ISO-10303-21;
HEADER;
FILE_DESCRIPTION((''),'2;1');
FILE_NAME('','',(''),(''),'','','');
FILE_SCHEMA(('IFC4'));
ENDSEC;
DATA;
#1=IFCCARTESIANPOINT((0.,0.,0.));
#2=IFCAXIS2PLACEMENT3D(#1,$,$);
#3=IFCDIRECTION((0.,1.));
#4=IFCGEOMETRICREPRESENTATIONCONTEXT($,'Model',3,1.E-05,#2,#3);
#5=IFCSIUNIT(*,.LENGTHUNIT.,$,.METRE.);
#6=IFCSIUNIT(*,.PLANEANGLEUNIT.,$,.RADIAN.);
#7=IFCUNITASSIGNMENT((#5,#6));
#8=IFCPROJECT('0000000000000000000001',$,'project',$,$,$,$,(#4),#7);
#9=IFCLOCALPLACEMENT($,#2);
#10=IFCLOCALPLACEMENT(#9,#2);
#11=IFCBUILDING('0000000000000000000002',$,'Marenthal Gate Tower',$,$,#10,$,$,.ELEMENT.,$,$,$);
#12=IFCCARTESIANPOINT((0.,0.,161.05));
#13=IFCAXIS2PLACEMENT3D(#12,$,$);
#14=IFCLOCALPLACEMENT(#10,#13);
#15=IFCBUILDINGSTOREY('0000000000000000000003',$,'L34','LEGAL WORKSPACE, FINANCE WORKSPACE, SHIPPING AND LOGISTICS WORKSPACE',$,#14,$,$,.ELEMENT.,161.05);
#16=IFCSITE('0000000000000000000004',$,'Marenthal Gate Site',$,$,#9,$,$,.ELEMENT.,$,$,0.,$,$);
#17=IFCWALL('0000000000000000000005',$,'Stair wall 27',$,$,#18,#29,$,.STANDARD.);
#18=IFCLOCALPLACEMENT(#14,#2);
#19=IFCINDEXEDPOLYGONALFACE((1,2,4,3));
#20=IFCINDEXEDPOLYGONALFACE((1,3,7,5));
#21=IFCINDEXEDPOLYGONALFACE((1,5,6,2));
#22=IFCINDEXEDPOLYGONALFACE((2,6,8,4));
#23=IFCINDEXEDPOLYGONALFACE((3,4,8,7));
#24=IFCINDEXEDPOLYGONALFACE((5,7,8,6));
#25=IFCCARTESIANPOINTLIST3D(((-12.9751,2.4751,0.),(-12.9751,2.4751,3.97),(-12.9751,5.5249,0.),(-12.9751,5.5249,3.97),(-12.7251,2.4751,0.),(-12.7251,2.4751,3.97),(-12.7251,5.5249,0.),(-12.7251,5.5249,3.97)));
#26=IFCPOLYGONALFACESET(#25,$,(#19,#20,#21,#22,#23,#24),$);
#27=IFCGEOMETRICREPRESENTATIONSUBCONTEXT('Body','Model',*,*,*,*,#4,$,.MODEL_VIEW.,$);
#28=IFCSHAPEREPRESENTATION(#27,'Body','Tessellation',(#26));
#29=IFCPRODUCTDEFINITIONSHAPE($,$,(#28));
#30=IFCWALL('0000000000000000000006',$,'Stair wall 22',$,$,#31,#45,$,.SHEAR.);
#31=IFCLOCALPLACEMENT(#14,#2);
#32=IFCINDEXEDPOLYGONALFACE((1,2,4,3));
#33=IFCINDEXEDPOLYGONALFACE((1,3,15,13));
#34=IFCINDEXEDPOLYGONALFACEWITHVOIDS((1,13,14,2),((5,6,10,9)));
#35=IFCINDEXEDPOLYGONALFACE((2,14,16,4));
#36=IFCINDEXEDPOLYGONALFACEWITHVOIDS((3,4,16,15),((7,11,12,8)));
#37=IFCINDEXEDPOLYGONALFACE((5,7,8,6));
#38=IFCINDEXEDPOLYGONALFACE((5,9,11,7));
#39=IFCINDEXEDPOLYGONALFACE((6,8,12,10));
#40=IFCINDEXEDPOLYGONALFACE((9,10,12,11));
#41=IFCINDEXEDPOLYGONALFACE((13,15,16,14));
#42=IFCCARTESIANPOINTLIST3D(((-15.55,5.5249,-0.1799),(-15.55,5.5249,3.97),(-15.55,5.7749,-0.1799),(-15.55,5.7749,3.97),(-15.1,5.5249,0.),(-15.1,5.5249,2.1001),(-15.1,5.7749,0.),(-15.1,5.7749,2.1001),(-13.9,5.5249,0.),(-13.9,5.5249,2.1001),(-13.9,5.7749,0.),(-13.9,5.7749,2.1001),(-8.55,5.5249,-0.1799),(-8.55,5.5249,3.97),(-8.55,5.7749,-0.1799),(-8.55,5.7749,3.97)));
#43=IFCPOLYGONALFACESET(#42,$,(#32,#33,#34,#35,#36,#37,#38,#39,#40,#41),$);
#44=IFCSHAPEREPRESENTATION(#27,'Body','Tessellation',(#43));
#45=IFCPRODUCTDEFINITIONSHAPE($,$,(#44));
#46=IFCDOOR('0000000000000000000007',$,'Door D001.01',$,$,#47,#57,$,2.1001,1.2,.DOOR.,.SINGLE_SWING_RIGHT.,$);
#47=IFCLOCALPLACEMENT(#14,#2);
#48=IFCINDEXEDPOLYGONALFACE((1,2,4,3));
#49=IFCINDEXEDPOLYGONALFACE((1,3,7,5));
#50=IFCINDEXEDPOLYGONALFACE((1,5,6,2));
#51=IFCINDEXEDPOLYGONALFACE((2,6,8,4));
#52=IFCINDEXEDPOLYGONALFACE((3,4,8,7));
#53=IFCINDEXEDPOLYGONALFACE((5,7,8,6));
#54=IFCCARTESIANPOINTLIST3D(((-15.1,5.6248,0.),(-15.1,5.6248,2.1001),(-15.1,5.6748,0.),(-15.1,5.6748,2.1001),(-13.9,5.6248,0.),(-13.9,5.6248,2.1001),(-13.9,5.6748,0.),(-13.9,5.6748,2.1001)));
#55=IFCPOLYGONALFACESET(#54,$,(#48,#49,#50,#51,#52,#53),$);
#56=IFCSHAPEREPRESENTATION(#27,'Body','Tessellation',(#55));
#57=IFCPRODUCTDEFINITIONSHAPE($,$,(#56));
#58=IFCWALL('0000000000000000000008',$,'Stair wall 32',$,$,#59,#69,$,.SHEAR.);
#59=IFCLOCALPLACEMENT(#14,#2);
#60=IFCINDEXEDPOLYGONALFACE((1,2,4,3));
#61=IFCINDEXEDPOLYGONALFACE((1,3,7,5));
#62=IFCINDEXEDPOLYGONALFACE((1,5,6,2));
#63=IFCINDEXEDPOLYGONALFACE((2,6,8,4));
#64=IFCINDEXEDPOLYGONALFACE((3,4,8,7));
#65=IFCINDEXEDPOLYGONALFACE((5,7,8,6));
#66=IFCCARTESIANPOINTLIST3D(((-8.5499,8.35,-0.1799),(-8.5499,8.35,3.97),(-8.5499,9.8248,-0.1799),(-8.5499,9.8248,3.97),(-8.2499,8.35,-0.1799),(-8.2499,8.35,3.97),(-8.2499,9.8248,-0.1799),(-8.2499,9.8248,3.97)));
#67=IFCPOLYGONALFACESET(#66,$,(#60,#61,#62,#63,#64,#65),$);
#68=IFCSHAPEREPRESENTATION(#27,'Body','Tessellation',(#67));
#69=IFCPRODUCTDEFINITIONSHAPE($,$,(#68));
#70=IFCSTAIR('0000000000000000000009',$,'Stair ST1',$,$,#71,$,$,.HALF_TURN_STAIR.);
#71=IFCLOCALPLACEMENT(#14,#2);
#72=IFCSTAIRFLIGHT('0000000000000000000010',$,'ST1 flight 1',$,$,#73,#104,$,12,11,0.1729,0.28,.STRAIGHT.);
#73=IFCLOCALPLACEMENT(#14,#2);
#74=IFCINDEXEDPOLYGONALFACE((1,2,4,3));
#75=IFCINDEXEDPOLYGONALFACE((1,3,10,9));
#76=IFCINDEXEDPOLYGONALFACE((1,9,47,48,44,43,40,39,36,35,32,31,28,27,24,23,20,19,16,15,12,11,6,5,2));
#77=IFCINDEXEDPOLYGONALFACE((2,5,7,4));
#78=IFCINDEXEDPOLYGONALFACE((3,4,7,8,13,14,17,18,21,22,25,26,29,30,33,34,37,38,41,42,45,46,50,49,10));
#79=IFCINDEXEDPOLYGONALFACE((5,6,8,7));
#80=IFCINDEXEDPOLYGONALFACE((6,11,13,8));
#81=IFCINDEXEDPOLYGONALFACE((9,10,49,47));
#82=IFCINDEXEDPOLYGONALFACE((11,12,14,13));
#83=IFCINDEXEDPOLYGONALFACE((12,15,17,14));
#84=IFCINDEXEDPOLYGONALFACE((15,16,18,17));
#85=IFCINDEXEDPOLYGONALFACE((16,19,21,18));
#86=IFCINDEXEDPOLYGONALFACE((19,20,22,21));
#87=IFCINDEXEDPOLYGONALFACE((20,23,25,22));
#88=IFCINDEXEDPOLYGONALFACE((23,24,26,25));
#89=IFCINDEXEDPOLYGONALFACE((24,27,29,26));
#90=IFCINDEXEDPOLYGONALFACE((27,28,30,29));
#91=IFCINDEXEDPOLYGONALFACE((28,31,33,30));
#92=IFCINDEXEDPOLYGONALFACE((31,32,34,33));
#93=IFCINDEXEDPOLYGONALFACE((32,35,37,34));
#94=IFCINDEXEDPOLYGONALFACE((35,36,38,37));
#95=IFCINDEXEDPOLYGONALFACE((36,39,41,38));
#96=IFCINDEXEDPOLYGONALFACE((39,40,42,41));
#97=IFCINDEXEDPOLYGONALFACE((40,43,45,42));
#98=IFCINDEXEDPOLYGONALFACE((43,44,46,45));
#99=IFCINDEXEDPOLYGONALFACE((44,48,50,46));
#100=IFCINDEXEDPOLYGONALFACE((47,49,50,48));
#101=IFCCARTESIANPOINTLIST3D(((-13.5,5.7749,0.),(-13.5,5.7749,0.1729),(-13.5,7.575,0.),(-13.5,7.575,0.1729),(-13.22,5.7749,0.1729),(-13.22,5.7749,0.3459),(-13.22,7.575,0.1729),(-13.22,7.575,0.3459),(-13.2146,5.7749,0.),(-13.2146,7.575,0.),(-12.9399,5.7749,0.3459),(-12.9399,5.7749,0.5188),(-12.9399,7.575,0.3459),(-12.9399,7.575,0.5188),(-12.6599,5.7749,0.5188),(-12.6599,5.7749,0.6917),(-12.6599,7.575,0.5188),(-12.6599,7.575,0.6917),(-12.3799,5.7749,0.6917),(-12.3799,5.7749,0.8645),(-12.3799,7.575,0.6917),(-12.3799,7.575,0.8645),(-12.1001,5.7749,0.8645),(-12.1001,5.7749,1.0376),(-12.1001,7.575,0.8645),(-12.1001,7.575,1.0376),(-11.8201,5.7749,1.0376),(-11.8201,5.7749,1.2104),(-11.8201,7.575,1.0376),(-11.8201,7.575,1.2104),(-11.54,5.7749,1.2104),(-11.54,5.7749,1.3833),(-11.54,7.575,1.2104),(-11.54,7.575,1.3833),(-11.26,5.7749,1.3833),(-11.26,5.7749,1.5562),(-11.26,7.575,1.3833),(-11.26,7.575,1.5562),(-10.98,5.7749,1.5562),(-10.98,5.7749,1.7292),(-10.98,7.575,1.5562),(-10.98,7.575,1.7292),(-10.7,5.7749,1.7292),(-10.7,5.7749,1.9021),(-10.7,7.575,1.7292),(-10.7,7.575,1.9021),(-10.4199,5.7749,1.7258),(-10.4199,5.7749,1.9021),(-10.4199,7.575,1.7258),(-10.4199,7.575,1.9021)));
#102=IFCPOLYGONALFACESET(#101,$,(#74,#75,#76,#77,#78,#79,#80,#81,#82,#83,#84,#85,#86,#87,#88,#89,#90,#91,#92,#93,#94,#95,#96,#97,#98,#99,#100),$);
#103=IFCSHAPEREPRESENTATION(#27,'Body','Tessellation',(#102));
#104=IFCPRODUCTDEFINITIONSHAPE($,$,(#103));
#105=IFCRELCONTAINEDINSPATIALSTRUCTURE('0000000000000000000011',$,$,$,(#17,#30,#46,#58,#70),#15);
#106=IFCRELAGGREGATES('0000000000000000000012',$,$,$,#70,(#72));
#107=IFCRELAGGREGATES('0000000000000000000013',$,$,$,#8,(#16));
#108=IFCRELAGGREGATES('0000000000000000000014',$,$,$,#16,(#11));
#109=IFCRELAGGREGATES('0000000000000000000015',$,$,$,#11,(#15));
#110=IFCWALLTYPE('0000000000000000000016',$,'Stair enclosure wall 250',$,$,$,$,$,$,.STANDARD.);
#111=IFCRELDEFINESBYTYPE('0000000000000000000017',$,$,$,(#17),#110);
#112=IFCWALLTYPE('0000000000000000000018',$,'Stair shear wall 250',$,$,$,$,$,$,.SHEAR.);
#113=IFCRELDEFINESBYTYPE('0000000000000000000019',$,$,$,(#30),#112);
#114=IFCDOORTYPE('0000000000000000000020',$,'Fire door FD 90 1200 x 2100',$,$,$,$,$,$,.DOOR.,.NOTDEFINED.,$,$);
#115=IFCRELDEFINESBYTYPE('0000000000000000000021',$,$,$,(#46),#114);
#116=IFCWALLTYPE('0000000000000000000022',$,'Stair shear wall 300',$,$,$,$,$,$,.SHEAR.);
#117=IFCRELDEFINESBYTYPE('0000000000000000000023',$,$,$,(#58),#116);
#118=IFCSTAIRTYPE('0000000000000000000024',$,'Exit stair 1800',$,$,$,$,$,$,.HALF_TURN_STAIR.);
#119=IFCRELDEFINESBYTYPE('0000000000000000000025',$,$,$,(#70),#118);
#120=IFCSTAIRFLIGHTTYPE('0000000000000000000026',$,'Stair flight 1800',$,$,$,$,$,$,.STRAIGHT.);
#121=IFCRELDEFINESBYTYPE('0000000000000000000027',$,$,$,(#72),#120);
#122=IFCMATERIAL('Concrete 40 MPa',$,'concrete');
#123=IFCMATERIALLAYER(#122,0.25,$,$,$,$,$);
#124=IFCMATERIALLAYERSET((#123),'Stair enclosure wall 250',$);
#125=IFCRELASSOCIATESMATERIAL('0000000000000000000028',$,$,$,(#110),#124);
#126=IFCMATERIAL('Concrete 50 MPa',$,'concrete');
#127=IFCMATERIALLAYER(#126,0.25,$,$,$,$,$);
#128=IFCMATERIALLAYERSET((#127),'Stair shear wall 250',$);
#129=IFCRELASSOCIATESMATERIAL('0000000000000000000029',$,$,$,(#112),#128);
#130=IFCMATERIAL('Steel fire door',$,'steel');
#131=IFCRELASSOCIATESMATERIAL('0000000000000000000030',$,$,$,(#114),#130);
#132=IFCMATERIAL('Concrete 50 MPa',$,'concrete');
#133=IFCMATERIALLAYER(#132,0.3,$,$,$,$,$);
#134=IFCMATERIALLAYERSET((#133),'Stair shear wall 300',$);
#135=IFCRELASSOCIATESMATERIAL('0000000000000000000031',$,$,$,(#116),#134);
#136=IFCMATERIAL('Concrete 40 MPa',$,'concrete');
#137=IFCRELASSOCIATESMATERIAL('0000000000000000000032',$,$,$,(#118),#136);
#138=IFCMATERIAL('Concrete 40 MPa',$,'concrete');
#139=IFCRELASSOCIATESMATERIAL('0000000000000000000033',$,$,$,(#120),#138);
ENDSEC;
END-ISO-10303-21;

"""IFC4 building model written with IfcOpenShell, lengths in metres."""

from ifc_helpers import new_model, si_unit, direction, frame, frame_2d, origin, place, context, subcontext, project, spatial, polyline, rectangle, outline, extrude, material, layer, layer_set, type_object, element, fill, aggregate, save


model = new_model("IFC4")

# Units and contexts
model_context = context("Model", 3, precision=1e-05, world=origin(), true_north=direction((0.0, 1.0)))
body_context = subcontext(model_context, "Body", "Model", "MODEL_VIEW")
ifc_project = project(units=[si_unit("LENGTHUNIT", "METRE"), si_unit("PLANEANGLEUNIT", "RADIAN")], contexts=[model_context])

# Site, building, storey
site_placement = place(None, origin())
site = spatial("IfcSite", under=ifc_project, at=site_placement, Name="Marenthal Gate Site", CompositionType="ELEMENT", RefElevation=0.0)
building_placement = place(site_placement, origin())
building = spatial("IfcBuilding", under=site, at=building_placement, Name="Marenthal Gate Tower", CompositionType="ELEMENT")
storey_placement = place(building_placement, frame((0.0, 0.0, 161.05)))
storey = spatial("IfcBuildingStorey", under=building, at=storey_placement, Name="L34", Description="LEGAL WORKSPACE, FINANCE WORKSPACE, SHIPPING AND LOGISTICS WORKSPACE", CompositionType="ELEMENT", Elevation=161.05)

# Wall
ifc_material_1 = material(Name="Concrete 40 MPa", Category="concrete")
ifc_layer_1 = layer(ifc_material_1, 0.25)
ifc_layer_set_1 = layer_set([ifc_layer_1], Name="Stair enclosure wall 250")
wall_type_1 = type_object("IfcWallType", Name="Stair enclosure wall 250", PredefinedType="STANDARD", material=ifc_layer_set_1)
wall_1_placement = place(storey_placement, frame((-12.8501, 2.4751, 0.0), z_axis=(0.0, 0.0, 1.0), x_axis=(0.0, 1.0, 0.0)))
element("IfcWall", 1, at=wall_1_placement, inside=storey, type_object=wall_type_1, Name="Stair wall 27", PredefinedType="STANDARD", context=body_context, shape_type="SweptSolid", body=[
    extrude(rectangle(XDim=3.0498, YDim=0.25, at=frame_2d((1.5249, 0.0))), origin(), (0.0, 0.0, 1.0), 3.97),
])

# Wall, opening, door
ifc_material_2 = material(Name="Concrete 50 MPa", Category="concrete")
ifc_layer_2 = layer(ifc_material_2, 0.25)
ifc_layer_set_2 = layer_set([ifc_layer_2], Name="Stair shear wall 250")
wall_type_2 = type_object("IfcWallType", Name="Stair shear wall 250", PredefinedType="SHEAR", material=ifc_layer_set_2)
wall_2_placement = place(storey_placement, frame((-15.55, 5.6499, -0.1799), z_axis=(0.0, 0.0, 1.0), x_axis=(1.0, 0.0, 0.0)))
wall_2 = element("IfcWall", 2, at=wall_2_placement, inside=storey, type_object=wall_type_2, Name="Stair wall 22", PredefinedType="SHEAR", context=body_context, shape_type="SweptSolid", body=[
    extrude(rectangle(XDim=7.0, YDim=0.25, at=frame_2d((3.5, 0.0))), origin(), (0.0, 0.0, 1.0), 4.1499),
])
opening_1_placement = place(wall_2_placement, frame((0.45, 0.0, 0.1799)))
opening_1 = element("IfcOpeningElement", 3, at=opening_1_placement, cuts=wall_2, PredefinedType="OPENING", context=body_context, shape_type="SweptSolid", body=[
    extrude(rectangle(XDim=1.2, YDim=2.1001, at=frame_2d((0.6001, 1.05))), frame((0.0, 0.135, 0.0), z_axis=(0.0, -1.0, 0.0), x_axis=(1.0, 0.0, 0.0)), (0.0, 0.0, 1.0), 0.27),
])
ifc_material_3 = material(Name="Steel fire door", Category="steel")
door_type_1 = type_object("IfcDoorType", Name="Fire door FD 90 1200 x 2100", OperationType="NOTDEFINED", PredefinedType="DOOR", material=ifc_material_3)
door_1_placement = place(opening_1_placement, origin())
door_1 = element("IfcDoor", 4, at=door_1_placement, inside=storey, type_object=door_type_1, Name="Door D001.01", OperationType="SINGLE_SWING_RIGHT", OverallHeight=2.1001, OverallWidth=1.2, PredefinedType="DOOR", context=body_context, shape_type="SweptSolid", body=[
    extrude(rectangle(XDim=1.2, YDim=2.1001, at=frame_2d((0.6001, 1.05))), frame((0.0, 0.0249, 0.0), z_axis=(0.0, -1.0, 0.0), x_axis=(1.0, 0.0, 0.0)), (0.0, 0.0, 1.0), 0.05),
])
fill(opening_1, door_1)

# Wall
ifc_material_4 = material(Name="Concrete 50 MPa", Category="concrete")
ifc_layer_3 = layer(ifc_material_4, 0.3)
ifc_layer_set_3 = layer_set([ifc_layer_3], Name="Stair shear wall 300")
wall_type_3 = type_object("IfcWallType", Name="Stair shear wall 300", PredefinedType="SHEAR", material=ifc_layer_set_3)
wall_3_placement = place(storey_placement, frame((-8.3999, 8.3501, -0.1799), z_axis=(0.0, 0.0, 1.0), x_axis=(0.0, 1.0, 0.0)))
element("IfcWall", 5, at=wall_3_placement, inside=storey, type_object=wall_type_3, Name="Stair wall 32", PredefinedType="SHEAR", context=body_context, shape_type="SweptSolid", body=[
    extrude(rectangle(XDim=1.4749, YDim=0.3, at=frame_2d((0.7373, 0.0))), origin(), (0.0, 0.0, 1.0), 4.1499),
])

# Stair, stair flight
ifc_material_5 = material(Name="Concrete 40 MPa", Category="concrete")
stair_type = type_object("IfcStairType", Name="Exit stair 1800", PredefinedType="HALF_TURN_STAIR", material=ifc_material_5)
stair_placement = place(storey_placement, origin())
stair = element("IfcStair", 6, at=stair_placement, inside=storey, type_object=stair_type, Name="Stair ST1", PredefinedType="HALF_TURN_STAIR")
ifc_material_6 = material(Name="Concrete 40 MPa", Category="concrete")
stair_flight_type = type_object("IfcStairFlightType", Name="Stair flight 1800", PredefinedType="STRAIGHT", material=ifc_material_6)
stair_flight_placement = place(storey_placement, frame((-13.5, 6.675, 0.0), z_axis=(0.0, 0.0, 1.0), x_axis=(1.0, 0.0, 0.0)))
stair_flight = element("IfcStairFlight", 7, at=stair_flight_placement, type_object=stair_flight_type, Name="ST1 flight 1", NumberOfRisers=12, NumberOfTreads=11, PredefinedType="STRAIGHT", RiserHeight=0.1729, TreadLength=0.28, context=body_context, shape_type="SweptSolid", body=[
    extrude(outline(polyline([(0.0, 0.0), (0.0, 0.1729), (0.28, 0.1729), (0.28, 0.3459), (0.5601, 0.3459), (0.5601, 0.5188), (0.8401, 0.5188), (0.8401, 0.6917), (1.1201, 0.6917), (1.1201, 0.8645), (1.3999, 0.8645), (1.3999, 1.0376), (1.6799, 1.0376), (1.6799, 1.2104), (1.96, 1.2104), (1.96, 1.3833), (2.24, 1.3833), (2.24, 1.5562), (2.52, 1.5562), (2.52, 1.7292), (2.8, 1.7292), (2.8, 1.9021), (3.0801, 1.9021), (3.0801, 2.075), (3.0801, 1.7258), (0.2854, 0.0), (0.0, 0.0)])), frame((0.0, 0.8999, 0.0), z_axis=(0.0, -1.0, 0.0), x_axis=(1.0, 0.0, 0.0)), (0.0, 0.0, 1.0), 1.8),
])
aggregate(stair, [stair_flight])

save(model, "model.ifc")
